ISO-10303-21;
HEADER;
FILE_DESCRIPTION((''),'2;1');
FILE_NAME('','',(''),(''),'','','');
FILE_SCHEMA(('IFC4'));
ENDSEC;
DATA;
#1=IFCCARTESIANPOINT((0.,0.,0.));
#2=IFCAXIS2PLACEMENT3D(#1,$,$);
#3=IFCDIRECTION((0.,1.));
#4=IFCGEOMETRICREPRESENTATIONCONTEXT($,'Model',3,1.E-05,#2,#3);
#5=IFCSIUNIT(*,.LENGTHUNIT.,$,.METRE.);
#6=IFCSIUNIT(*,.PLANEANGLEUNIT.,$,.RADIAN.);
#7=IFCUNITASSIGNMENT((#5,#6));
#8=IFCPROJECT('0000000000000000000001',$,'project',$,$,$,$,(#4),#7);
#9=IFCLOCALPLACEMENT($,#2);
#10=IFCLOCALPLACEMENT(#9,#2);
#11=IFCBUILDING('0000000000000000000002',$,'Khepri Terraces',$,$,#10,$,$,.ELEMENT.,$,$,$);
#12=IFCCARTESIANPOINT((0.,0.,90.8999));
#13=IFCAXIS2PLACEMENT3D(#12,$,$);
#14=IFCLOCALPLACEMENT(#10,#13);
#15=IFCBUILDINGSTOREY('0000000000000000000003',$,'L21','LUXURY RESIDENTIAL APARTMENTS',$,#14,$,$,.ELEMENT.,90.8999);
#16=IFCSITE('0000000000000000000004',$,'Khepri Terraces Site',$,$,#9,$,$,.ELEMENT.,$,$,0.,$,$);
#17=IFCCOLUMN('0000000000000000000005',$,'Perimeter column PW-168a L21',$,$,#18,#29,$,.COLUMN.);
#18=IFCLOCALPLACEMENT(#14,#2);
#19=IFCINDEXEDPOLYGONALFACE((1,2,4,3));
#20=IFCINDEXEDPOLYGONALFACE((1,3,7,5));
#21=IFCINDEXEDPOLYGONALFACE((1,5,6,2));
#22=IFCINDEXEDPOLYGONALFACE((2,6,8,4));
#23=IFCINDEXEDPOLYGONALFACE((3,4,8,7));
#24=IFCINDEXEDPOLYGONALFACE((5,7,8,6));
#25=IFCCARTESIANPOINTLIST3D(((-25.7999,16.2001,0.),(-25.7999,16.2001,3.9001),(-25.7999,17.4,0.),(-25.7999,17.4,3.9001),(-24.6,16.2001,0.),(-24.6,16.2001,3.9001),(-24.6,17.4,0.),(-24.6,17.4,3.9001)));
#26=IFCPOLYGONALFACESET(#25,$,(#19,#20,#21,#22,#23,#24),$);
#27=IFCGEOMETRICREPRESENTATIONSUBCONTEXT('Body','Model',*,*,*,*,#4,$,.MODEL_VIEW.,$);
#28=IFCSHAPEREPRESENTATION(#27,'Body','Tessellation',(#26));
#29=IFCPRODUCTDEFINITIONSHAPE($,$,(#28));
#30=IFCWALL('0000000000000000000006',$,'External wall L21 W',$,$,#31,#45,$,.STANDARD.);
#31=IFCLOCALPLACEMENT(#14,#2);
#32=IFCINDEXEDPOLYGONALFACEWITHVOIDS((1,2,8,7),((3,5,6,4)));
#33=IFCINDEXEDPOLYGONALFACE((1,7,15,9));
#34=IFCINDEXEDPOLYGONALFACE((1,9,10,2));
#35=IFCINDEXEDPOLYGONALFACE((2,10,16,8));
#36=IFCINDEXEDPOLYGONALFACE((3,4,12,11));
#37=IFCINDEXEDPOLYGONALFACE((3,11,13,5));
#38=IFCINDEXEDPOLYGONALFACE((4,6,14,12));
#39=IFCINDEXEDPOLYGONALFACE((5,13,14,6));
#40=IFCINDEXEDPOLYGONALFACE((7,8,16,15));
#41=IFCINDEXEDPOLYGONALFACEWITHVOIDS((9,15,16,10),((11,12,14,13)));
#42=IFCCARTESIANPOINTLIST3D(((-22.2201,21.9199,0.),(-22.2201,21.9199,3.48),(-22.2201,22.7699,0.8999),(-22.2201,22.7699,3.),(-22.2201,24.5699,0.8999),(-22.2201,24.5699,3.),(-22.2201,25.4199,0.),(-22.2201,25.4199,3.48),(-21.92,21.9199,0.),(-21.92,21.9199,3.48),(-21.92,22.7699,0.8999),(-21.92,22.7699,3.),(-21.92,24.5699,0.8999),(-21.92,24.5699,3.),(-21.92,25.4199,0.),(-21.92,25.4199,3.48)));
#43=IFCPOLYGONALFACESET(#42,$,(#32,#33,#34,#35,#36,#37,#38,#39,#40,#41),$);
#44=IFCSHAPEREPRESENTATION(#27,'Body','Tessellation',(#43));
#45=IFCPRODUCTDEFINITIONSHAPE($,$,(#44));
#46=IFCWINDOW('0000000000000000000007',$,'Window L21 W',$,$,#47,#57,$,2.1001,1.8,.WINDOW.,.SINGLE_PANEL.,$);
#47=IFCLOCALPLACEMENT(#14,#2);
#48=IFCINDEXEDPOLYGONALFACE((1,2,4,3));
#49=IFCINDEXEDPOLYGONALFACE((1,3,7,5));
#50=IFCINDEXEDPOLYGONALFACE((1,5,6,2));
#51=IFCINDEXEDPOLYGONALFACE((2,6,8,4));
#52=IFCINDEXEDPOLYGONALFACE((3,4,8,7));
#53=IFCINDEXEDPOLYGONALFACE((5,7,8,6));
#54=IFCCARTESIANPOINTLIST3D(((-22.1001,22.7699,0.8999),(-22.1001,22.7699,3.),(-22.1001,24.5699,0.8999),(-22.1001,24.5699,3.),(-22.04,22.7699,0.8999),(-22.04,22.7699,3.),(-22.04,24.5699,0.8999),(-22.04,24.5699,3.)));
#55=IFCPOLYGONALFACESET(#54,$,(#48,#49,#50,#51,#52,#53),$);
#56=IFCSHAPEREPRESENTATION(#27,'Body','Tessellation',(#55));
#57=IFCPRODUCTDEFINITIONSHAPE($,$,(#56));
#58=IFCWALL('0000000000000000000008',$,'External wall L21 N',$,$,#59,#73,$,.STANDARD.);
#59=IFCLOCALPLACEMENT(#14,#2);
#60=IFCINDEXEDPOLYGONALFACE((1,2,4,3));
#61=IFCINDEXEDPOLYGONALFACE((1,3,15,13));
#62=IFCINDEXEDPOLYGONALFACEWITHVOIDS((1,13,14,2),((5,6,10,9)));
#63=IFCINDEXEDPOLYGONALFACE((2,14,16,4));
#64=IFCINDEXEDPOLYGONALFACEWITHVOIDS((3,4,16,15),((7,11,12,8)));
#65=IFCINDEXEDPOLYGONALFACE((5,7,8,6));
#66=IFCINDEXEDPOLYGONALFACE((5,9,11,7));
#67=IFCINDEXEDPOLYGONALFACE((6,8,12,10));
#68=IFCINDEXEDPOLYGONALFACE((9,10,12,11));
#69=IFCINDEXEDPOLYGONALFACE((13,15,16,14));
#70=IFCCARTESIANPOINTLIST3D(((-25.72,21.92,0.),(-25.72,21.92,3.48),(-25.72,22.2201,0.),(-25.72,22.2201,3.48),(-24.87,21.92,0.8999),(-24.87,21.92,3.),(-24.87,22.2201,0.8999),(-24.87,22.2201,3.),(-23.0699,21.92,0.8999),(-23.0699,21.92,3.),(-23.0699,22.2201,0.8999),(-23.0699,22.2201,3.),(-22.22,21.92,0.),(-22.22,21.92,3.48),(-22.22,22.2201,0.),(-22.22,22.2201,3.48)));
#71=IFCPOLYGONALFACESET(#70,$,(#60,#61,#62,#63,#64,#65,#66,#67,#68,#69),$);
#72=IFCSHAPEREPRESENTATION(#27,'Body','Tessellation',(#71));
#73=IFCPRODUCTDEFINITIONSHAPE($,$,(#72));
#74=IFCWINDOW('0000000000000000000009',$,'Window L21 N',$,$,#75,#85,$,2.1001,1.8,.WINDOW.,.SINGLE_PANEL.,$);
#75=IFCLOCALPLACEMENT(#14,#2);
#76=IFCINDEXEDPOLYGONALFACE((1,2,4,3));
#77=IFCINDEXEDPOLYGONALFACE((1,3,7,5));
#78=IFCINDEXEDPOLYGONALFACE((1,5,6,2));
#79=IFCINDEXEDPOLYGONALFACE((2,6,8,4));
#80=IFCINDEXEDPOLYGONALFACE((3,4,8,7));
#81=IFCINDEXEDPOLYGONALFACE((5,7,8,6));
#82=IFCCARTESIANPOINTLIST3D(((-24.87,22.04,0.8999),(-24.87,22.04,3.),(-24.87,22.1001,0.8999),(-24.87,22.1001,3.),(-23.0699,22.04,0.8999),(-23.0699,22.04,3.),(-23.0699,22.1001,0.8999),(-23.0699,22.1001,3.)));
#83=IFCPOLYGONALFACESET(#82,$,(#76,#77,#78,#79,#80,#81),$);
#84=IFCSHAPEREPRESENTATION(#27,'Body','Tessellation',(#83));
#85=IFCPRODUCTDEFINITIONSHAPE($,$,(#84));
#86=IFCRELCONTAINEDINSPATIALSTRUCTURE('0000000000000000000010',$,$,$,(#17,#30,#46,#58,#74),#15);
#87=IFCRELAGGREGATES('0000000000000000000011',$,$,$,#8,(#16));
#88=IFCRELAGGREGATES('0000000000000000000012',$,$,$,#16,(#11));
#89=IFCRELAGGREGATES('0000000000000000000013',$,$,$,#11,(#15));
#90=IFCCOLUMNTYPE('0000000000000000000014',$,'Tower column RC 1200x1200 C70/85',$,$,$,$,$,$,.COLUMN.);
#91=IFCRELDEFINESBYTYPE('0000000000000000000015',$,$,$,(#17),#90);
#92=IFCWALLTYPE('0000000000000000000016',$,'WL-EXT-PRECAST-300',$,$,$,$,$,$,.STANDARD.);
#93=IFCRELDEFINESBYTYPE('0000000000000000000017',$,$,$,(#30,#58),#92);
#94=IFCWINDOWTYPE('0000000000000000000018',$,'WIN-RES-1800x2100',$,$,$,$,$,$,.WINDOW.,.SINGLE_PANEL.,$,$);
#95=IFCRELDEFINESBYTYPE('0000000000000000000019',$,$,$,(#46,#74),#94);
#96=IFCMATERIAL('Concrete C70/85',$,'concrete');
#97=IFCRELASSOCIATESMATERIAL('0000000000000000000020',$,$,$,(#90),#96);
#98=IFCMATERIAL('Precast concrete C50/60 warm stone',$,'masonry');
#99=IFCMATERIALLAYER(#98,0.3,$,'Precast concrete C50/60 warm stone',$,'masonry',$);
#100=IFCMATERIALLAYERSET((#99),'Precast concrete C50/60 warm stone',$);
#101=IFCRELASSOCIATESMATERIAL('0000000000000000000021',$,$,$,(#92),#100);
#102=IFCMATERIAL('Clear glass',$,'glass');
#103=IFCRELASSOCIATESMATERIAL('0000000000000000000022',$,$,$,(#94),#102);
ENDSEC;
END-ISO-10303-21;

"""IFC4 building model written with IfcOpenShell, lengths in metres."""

from ifc_helpers import new_model, si_unit, direction, frame, frame_2d, origin, origin_2d, place, context, subcontext, project, spatial, rectangle, extrude, material, layer, layer_set, material_profile, profile_set, type_object, element, fill, save


model = new_model("IFC4")

# Units and contexts
model_context = context("Model", 3, precision=1e-05, world=origin(), true_north=direction((0.0, 1.0)))
body_context = subcontext(model_context, "Body", "Model", "MODEL_VIEW")
ifc_project = project(units=[si_unit("LENGTHUNIT", "METRE"), si_unit("PLANEANGLEUNIT", "RADIAN")], contexts=[model_context])

# Site, building, storey
site_placement = place(None, origin())
site = spatial("IfcSite", under=ifc_project, at=site_placement, Name="Khepri Terraces Site", CompositionType="ELEMENT", RefElevation=0.0)
building_placement = place(site_placement, origin())
building = spatial("IfcBuilding", under=site, at=building_placement, Name="Khepri Terraces", CompositionType="ELEMENT")
storey_placement = place(building_placement, frame((0.0, 0.0, 90.8999)))
storey = spatial("IfcBuildingStorey", under=building, at=storey_placement, Name="L21", Description="LUXURY RESIDENTIAL APARTMENTS", CompositionType="ELEMENT", Elevation=90.8999)

# Column
ifc_material_1 = material(Name="Concrete C70/85", Category="concrete")
ifc_material_profile = material_profile(ifc_material_1, rectangle(XDim=1.2, YDim=1.2, at=origin_2d()), Name="Concrete C70/85", Category="concrete")
ifc_profile_set = profile_set([ifc_material_profile], Name="Concrete C70/85")
column_type = type_object("IfcColumnType", Name="Tower column RC 1200x1200 C70/85", PredefinedType="COLUMN", material=ifc_profile_set)
column_placement = place(storey_placement, frame((-25.2, 16.8, 0.0), z_axis=(0.0, 0.0, 1.0), x_axis=(1.0, 0.0, 0.0)))
element("IfcColumn", 1, at=column_placement, inside=storey, type_object=column_type, Name="Perimeter column PW-168a L21", PredefinedType="COLUMN", context=body_context, shape_type="SweptSolid", body=[
    extrude(rectangle(XDim=1.2, YDim=1.2, at=origin_2d()), origin(), (0.0, 0.0, 1.0), 3.9001),
])

# Walls, openings, windows
ifc_material_2 = material(Name="Precast concrete C50/60 warm stone", Category="masonry")
ifc_layer = layer(ifc_material_2, 0.3, Name="Precast concrete C50/60 warm stone", Category="masonry")
ifc_layer_set = layer_set([ifc_layer], Name="Precast concrete C50/60 warm stone")
wall_type = type_object("IfcWallType", Name="WL-EXT-PRECAST-300", PredefinedType="STANDARD", material=ifc_layer_set)
wall_1_placement = place(storey_placement, frame((-22.0701, 25.4199, 0.0), z_axis=(0.0, 0.0, 1.0), x_axis=(0.0, -1.0, 0.0)))
wall_1 = element("IfcWall", 2, at=wall_1_placement, inside=storey, type_object=wall_type, Name="External wall L21 W", PredefinedType="STANDARD", context=body_context, shape_type="SweptSolid", body=[
    extrude(rectangle(XDim=3.5, YDim=0.3, at=frame_2d((1.75, 0.0))), origin(), (0.0, 0.0, 1.0), 3.48),
])
opening_1_placement = place(wall_1_placement, frame((0.8501, 0.0, 0.8999)))
opening_1 = element("IfcOpeningElement", 3, at=opening_1_placement, cuts=wall_1, PredefinedType="OPENING", context=body_context, shape_type="SweptSolid", body=[
    extrude(rectangle(XDim=1.8, YDim=2.1001, at=frame_2d((0.8999, 1.05))), frame((0.0, 0.1602, 0.0), z_axis=(0.0, -1.0, 0.0), x_axis=(1.0, 0.0, 0.0)), (0.0, 0.0, 1.0), 0.3201),
])
ifc_material_3 = material(Name="Clear glass", Category="glass")
window_type = type_object("IfcWindowType", Name="WIN-RES-1800x2100", PartitioningType="SINGLE_PANEL", PredefinedType="WINDOW", material=ifc_material_3)
window_1_placement = place(opening_1_placement, origin())
window_1 = element("IfcWindow", 4, at=window_1_placement, inside=storey, type_object=window_type, Name="Window L21 W", OverallHeight=2.1001, OverallWidth=1.8, PartitioningType="SINGLE_PANEL", PredefinedType="WINDOW", context=body_context, shape_type="SweptSolid", body=[
    extrude(rectangle(XDim=1.8, YDim=2.1001, at=frame_2d((0.8999, 1.05))), frame((0.0, 0.03, 0.0), z_axis=(0.0, -1.0, 0.0), x_axis=(1.0, 0.0, 0.0)), (0.0, 0.0, 1.0), 0.0601),
])
fill(opening_1, window_1)
wall_2_placement = place(storey_placement, frame((-22.22, 22.0701, 0.0), z_axis=(0.0, 0.0, 1.0), x_axis=(-1.0, 0.0, 0.0)))
wall_2 = element("IfcWall", 5, at=wall_2_placement, inside=storey, type_object=wall_type, Name="External wall L21 N", PredefinedType="STANDARD", context=body_context, shape_type="SweptSolid", body=[
    extrude(rectangle(XDim=3.5, YDim=0.3, at=frame_2d((1.75, 0.0))), origin(), (0.0, 0.0, 1.0), 3.48),
])
opening_2_placement = place(wall_2_placement, frame((0.8501, 0.0, 0.8999)))
opening_2 = element("IfcOpeningElement", 6, at=opening_2_placement, cuts=wall_2, PredefinedType="OPENING", context=body_context, shape_type="SweptSolid", body=[
    extrude(rectangle(XDim=1.8, YDim=2.1001, at=frame_2d((0.8999, 1.05))), frame((0.0, 0.1602, 0.0), z_axis=(0.0, -1.0, 0.0), x_axis=(1.0, 0.0, 0.0)), (0.0, 0.0, 1.0), 0.3201),
])
window_2_placement = place(opening_2_placement, origin())
window_2 = element("IfcWindow", 7, at=window_2_placement, inside=storey, type_object=window_type, Name="Window L21 N", OverallHeight=2.1001, OverallWidth=1.8, PartitioningType="SINGLE_PANEL", PredefinedType="WINDOW", context=body_context, shape_type="SweptSolid", body=[
    extrude(rectangle(XDim=1.8, YDim=2.1001, at=frame_2d((0.8999, 1.05))), frame((0.0, 0.03, 0.0), z_axis=(0.0, -1.0, 0.0), x_axis=(1.0, 0.0, 0.0)), (0.0, 0.0, 1.0), 0.0601),
])
fill(opening_2, window_2)

save(model, "model.ifc")
